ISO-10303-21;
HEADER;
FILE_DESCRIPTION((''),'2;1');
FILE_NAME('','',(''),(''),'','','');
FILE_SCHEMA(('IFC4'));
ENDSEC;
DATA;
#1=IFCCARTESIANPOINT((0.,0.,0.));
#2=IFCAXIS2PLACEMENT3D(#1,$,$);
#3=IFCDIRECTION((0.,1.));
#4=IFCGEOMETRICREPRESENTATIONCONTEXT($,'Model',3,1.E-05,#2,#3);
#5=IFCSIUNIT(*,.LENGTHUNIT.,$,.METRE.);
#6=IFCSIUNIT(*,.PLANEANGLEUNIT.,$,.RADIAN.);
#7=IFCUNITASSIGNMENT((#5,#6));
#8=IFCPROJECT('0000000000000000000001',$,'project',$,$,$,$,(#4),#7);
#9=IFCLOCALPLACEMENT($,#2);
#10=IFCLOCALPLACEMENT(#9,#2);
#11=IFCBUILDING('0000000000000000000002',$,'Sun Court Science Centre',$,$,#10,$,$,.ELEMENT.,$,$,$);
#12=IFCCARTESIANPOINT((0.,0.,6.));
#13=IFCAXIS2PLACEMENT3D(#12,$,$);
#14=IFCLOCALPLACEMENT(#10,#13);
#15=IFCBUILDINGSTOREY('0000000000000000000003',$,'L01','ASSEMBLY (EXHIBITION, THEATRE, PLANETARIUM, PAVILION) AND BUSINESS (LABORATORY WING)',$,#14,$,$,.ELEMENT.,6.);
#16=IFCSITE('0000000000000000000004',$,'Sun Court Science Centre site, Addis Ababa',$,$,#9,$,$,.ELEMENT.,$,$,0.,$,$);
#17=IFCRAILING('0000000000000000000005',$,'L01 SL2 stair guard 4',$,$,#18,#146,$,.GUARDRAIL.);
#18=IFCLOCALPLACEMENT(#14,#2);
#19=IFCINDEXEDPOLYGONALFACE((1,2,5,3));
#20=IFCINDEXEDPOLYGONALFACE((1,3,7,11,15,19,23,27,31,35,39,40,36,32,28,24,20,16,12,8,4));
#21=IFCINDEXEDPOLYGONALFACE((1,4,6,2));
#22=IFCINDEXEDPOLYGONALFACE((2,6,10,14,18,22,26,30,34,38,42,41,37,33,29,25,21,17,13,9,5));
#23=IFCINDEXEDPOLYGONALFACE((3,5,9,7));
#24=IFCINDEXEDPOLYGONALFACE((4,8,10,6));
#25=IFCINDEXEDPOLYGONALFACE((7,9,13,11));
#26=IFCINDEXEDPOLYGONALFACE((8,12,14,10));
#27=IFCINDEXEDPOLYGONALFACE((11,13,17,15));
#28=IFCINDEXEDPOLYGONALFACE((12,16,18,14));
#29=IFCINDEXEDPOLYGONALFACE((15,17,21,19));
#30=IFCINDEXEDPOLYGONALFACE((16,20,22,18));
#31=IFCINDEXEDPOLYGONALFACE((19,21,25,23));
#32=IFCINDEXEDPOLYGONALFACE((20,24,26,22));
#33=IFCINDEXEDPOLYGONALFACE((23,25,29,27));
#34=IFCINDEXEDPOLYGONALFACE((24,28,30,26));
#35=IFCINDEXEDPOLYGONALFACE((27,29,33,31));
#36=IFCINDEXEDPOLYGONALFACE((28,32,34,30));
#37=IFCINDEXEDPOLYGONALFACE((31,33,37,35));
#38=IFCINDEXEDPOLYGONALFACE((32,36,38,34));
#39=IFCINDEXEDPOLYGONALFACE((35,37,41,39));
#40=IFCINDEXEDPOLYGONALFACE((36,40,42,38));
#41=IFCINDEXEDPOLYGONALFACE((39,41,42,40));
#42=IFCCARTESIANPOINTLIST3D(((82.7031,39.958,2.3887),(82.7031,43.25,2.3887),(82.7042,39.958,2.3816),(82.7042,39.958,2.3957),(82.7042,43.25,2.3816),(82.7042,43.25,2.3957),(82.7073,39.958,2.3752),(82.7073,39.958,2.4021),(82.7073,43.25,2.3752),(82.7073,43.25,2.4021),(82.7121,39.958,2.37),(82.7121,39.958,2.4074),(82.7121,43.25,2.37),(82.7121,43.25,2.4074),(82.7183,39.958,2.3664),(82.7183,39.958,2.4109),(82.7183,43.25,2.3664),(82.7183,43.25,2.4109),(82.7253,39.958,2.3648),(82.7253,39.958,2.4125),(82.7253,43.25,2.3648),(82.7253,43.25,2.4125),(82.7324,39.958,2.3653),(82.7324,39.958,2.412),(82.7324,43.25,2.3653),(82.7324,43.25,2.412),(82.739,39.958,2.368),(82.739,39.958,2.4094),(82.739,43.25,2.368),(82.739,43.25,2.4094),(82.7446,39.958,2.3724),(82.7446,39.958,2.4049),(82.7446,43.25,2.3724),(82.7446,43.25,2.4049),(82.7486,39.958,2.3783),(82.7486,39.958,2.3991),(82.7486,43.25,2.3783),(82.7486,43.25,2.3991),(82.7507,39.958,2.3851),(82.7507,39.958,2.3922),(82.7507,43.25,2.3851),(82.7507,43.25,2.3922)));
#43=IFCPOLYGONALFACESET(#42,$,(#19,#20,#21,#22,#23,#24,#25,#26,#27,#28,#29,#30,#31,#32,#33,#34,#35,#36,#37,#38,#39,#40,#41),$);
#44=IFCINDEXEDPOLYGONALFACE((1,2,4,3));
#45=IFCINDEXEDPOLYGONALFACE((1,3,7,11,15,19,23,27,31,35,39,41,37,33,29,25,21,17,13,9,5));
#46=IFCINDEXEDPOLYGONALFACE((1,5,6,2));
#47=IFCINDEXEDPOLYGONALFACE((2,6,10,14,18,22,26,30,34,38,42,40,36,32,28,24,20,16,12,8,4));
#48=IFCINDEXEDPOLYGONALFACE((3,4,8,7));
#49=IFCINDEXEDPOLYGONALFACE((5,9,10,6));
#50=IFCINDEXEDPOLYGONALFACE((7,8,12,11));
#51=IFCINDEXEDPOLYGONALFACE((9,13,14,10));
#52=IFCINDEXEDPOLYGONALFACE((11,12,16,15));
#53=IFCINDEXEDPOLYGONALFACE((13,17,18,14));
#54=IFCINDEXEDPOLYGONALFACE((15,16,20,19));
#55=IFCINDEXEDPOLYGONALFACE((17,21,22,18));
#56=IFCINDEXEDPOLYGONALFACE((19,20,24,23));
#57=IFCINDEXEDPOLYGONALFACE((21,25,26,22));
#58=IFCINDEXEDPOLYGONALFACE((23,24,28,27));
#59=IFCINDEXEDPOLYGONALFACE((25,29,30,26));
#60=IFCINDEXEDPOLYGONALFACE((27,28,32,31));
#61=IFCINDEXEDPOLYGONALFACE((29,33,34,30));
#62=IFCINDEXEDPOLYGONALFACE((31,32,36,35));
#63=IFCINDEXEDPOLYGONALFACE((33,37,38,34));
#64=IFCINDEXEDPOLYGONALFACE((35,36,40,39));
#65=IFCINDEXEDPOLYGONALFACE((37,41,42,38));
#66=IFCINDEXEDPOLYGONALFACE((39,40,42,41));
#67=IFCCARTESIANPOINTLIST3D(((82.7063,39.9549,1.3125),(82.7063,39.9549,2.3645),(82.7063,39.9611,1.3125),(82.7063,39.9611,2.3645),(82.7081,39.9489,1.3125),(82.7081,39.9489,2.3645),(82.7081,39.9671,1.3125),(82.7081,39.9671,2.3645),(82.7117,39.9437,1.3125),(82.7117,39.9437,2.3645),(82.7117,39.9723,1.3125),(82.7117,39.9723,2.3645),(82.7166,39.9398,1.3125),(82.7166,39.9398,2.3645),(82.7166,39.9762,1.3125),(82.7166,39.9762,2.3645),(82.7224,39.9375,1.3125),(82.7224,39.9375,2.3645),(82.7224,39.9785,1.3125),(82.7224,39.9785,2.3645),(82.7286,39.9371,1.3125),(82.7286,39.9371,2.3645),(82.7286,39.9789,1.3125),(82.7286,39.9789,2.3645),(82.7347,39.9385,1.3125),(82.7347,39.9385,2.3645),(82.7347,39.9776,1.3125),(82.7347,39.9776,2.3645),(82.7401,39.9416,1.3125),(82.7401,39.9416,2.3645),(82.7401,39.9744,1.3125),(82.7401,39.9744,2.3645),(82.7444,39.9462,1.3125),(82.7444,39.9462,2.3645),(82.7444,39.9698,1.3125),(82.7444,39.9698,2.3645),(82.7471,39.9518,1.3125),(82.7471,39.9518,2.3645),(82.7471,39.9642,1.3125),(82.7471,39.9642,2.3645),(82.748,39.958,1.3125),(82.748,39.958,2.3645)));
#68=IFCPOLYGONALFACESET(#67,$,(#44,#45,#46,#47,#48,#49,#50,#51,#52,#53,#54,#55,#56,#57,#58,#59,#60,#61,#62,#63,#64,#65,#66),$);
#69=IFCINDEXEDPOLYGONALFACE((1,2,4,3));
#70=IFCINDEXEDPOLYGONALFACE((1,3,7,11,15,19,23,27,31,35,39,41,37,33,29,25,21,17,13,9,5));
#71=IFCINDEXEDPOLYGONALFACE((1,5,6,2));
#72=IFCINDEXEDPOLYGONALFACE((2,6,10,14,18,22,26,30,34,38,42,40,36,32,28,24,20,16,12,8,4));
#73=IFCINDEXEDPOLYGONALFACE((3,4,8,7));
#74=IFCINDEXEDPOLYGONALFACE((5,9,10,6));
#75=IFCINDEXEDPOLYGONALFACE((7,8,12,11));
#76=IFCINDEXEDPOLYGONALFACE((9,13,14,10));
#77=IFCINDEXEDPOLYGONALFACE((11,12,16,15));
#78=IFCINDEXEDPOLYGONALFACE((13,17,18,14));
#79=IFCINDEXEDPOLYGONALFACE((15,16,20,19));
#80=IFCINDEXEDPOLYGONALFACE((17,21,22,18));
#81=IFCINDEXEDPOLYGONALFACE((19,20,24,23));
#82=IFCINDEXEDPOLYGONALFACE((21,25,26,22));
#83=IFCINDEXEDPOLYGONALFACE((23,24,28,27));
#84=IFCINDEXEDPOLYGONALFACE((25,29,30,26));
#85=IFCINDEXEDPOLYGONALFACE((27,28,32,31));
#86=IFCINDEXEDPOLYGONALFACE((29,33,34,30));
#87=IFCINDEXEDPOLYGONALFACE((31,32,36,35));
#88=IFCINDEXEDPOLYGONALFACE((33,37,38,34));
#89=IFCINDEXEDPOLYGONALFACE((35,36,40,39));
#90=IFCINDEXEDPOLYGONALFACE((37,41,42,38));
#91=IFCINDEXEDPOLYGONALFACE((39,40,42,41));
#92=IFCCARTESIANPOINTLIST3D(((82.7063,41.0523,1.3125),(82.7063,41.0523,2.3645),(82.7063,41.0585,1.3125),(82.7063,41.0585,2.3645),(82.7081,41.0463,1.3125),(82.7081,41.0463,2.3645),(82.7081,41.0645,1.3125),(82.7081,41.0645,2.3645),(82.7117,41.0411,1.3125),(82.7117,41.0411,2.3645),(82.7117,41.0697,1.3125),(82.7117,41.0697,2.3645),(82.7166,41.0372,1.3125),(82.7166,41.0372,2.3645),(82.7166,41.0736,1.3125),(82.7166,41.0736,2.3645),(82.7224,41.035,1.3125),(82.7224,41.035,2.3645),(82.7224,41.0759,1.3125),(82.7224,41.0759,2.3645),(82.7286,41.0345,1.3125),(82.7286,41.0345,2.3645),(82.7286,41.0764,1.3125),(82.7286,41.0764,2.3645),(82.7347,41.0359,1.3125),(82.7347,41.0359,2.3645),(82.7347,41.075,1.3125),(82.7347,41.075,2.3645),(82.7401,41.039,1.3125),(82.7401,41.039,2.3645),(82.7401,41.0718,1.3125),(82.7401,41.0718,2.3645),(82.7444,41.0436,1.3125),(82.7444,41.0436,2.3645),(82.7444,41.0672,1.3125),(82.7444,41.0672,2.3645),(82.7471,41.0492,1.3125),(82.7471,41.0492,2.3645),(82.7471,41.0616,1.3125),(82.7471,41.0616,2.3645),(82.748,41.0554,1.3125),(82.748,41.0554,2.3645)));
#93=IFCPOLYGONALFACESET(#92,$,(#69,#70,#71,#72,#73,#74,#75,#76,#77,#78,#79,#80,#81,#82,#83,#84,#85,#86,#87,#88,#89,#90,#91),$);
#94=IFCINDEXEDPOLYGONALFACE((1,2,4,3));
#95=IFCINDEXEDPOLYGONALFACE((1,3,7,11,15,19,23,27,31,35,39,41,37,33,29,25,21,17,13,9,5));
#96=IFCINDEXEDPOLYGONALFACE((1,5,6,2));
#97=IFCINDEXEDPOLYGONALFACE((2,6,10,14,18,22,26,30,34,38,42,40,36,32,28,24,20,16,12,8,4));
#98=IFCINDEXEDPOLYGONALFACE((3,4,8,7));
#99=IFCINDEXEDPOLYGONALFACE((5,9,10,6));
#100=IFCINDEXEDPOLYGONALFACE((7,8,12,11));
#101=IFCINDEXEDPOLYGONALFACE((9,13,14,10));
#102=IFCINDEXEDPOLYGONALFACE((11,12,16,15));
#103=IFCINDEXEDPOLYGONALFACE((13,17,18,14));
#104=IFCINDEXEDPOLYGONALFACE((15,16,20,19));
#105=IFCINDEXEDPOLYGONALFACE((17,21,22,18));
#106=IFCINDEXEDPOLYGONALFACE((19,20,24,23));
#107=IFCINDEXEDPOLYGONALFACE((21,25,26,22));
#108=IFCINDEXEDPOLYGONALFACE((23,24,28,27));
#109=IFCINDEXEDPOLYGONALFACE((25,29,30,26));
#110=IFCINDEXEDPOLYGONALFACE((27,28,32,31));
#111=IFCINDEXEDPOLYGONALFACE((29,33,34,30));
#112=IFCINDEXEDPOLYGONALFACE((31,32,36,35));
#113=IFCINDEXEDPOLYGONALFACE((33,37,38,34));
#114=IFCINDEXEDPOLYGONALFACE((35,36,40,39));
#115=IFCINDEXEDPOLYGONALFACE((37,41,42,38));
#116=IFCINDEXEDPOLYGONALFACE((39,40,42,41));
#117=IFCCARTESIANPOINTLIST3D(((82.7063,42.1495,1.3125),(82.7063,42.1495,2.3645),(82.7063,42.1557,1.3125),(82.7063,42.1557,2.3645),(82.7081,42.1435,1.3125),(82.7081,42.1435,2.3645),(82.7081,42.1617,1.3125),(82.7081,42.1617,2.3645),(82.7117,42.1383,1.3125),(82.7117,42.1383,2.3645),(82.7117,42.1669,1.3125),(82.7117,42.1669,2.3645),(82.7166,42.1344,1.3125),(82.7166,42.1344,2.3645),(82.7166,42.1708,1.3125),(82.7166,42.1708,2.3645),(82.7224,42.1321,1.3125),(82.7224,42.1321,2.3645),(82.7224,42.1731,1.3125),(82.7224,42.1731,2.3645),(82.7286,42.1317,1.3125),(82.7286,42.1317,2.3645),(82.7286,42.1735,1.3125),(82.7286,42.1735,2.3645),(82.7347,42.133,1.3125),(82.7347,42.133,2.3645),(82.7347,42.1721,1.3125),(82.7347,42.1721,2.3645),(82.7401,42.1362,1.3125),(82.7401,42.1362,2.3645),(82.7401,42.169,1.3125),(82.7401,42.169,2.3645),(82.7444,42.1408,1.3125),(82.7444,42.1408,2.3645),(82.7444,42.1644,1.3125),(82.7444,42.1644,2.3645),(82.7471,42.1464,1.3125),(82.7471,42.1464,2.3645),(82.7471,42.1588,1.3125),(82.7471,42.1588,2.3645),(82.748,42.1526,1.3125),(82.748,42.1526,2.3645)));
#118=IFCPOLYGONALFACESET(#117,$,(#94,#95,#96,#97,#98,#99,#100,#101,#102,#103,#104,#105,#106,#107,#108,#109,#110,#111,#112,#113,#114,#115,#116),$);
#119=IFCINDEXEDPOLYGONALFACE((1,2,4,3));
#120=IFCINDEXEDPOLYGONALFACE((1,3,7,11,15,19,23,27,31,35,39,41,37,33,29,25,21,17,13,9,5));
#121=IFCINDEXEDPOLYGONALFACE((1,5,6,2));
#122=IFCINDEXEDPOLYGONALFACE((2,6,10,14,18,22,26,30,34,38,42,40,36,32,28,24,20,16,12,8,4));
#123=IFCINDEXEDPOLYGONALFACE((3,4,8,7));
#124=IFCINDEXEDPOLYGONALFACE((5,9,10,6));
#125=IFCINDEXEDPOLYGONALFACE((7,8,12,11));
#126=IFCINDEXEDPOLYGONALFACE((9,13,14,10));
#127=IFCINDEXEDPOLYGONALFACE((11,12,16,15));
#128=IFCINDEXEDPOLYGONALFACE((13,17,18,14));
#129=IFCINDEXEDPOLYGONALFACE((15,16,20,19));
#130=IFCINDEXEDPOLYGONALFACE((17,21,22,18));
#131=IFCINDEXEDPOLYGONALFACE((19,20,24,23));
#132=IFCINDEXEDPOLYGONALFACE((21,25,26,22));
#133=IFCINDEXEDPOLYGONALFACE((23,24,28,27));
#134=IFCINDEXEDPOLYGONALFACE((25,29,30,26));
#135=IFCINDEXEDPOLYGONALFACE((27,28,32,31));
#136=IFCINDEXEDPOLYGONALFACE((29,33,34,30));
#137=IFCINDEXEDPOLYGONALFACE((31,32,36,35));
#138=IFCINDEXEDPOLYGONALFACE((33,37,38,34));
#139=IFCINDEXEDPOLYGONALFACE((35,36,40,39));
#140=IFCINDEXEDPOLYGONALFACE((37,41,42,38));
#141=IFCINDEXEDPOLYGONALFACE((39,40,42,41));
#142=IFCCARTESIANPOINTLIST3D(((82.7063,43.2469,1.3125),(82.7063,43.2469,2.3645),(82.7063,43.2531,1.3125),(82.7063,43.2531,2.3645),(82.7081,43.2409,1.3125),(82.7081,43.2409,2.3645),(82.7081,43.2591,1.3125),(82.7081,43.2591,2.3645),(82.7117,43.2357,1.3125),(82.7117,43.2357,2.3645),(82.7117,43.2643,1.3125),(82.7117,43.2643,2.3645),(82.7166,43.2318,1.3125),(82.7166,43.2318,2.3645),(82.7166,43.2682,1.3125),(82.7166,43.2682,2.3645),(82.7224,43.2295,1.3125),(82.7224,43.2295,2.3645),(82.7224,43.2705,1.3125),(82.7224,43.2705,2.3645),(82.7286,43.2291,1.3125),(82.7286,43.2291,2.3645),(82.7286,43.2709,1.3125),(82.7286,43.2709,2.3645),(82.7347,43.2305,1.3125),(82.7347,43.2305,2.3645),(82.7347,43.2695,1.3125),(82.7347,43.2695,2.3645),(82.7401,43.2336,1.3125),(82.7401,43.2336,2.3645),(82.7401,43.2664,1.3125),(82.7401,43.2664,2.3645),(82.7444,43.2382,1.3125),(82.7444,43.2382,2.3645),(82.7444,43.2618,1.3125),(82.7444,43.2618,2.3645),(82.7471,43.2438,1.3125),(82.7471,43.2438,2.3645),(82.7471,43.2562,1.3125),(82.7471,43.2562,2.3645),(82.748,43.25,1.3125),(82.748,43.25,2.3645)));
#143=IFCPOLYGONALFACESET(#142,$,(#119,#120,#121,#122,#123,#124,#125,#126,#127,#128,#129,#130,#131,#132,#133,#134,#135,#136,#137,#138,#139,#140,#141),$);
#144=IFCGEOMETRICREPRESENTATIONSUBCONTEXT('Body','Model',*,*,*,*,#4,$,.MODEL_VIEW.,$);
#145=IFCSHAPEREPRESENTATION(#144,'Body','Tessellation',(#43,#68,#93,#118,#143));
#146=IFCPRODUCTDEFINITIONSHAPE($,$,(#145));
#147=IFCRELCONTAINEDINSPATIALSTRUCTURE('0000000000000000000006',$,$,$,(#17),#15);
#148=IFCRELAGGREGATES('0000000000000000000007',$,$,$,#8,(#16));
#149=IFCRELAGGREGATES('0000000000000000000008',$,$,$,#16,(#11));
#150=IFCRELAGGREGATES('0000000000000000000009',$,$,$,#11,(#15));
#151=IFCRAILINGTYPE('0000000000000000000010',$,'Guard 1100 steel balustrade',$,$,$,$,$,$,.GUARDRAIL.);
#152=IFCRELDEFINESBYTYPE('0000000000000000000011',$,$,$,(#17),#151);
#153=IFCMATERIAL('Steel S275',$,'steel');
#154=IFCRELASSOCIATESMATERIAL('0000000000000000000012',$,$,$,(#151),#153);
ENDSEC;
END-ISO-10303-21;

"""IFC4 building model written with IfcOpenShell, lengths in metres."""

from ifc_helpers import new_model, si_unit, direction, frame, origin, origin_2d, place, context, subcontext, project, spatial, circle, extrude, material, type_object, element, save


model = new_model("IFC4")

# Units and contexts
model_context = context("Model", 3, precision=1e-05, world=origin(), true_north=direction((0.0, 1.0)))
body_context = subcontext(model_context, "Body", "Model", "MODEL_VIEW")
ifc_project = project(units=[si_unit("LENGTHUNIT", "METRE"), si_unit("PLANEANGLEUNIT", "RADIAN")], contexts=[model_context])

# Site, building, storey
site_placement = place(None, origin())
site = spatial("IfcSite", under=ifc_project, at=site_placement, Name="Sun Court Science Centre site, Addis Ababa", CompositionType="ELEMENT", RefElevation=0.0)
building_placement = place(site_placement, origin())
building = spatial("IfcBuilding", under=site, at=building_placement, Name="Sun Court Science Centre", CompositionType="ELEMENT")
storey_placement = place(building_placement, frame((0.0, 0.0, 6.0)))
storey = spatial("IfcBuildingStorey", under=building, at=storey_placement, Name="L01", Description="ASSEMBLY (EXHIBITION, THEATRE, PLANETARIUM, PAVILION) AND BUSINESS (LABORATORY WING)", CompositionType="ELEMENT", Elevation=6.0)

# Railing
ifc_material_1 = material(Name="Steel S275", Category="steel")
railing_type_1 = type_object("IfcRailingType", Name="Guard 1100 steel balustrade", PredefinedType="GUARDRAIL", material=ifc_material_1)
for number, where, name in (
    (1, (82.7271, 39.958, 1.3125), "L01 SL2 stair guard 4"),
):
    element("IfcRailing", number, at=place(storey_placement, frame(where)), inside=storey, type_object=railing_type_1, Name=name, PredefinedType="GUARDRAIL", context=body_context, shape_type="SweptSolid", body=[
        extrude(circle(Radius=0.0239, at=origin_2d()), frame((0.0, 0.0, 1.0762), z_axis=(0.0, 1.0, 0.0), x_axis=(-1.0, 0.0, 0.0)), (0.0, 0.0, 1.0), 3.292),
        extrude(circle(Radius=0.021, at=origin_2d()), origin(), (0.0, 0.0, 1.0), 1.052),
        extrude(circle(Radius=0.021, at=origin_2d()), frame((0.0, 1.0974, 0.0)), (0.0, 0.0, 1.0), 1.052),
        extrude(circle(Radius=0.021, at=origin_2d()), frame((0.0, 2.1946, 0.0)), (0.0, 0.0, 1.0), 1.052),
        extrude(circle(Radius=0.021, at=origin_2d()), frame((0.0, 3.292, 0.0)), (0.0, 0.0, 1.0), 1.052),
    ])

save(model, "model.ifc")
